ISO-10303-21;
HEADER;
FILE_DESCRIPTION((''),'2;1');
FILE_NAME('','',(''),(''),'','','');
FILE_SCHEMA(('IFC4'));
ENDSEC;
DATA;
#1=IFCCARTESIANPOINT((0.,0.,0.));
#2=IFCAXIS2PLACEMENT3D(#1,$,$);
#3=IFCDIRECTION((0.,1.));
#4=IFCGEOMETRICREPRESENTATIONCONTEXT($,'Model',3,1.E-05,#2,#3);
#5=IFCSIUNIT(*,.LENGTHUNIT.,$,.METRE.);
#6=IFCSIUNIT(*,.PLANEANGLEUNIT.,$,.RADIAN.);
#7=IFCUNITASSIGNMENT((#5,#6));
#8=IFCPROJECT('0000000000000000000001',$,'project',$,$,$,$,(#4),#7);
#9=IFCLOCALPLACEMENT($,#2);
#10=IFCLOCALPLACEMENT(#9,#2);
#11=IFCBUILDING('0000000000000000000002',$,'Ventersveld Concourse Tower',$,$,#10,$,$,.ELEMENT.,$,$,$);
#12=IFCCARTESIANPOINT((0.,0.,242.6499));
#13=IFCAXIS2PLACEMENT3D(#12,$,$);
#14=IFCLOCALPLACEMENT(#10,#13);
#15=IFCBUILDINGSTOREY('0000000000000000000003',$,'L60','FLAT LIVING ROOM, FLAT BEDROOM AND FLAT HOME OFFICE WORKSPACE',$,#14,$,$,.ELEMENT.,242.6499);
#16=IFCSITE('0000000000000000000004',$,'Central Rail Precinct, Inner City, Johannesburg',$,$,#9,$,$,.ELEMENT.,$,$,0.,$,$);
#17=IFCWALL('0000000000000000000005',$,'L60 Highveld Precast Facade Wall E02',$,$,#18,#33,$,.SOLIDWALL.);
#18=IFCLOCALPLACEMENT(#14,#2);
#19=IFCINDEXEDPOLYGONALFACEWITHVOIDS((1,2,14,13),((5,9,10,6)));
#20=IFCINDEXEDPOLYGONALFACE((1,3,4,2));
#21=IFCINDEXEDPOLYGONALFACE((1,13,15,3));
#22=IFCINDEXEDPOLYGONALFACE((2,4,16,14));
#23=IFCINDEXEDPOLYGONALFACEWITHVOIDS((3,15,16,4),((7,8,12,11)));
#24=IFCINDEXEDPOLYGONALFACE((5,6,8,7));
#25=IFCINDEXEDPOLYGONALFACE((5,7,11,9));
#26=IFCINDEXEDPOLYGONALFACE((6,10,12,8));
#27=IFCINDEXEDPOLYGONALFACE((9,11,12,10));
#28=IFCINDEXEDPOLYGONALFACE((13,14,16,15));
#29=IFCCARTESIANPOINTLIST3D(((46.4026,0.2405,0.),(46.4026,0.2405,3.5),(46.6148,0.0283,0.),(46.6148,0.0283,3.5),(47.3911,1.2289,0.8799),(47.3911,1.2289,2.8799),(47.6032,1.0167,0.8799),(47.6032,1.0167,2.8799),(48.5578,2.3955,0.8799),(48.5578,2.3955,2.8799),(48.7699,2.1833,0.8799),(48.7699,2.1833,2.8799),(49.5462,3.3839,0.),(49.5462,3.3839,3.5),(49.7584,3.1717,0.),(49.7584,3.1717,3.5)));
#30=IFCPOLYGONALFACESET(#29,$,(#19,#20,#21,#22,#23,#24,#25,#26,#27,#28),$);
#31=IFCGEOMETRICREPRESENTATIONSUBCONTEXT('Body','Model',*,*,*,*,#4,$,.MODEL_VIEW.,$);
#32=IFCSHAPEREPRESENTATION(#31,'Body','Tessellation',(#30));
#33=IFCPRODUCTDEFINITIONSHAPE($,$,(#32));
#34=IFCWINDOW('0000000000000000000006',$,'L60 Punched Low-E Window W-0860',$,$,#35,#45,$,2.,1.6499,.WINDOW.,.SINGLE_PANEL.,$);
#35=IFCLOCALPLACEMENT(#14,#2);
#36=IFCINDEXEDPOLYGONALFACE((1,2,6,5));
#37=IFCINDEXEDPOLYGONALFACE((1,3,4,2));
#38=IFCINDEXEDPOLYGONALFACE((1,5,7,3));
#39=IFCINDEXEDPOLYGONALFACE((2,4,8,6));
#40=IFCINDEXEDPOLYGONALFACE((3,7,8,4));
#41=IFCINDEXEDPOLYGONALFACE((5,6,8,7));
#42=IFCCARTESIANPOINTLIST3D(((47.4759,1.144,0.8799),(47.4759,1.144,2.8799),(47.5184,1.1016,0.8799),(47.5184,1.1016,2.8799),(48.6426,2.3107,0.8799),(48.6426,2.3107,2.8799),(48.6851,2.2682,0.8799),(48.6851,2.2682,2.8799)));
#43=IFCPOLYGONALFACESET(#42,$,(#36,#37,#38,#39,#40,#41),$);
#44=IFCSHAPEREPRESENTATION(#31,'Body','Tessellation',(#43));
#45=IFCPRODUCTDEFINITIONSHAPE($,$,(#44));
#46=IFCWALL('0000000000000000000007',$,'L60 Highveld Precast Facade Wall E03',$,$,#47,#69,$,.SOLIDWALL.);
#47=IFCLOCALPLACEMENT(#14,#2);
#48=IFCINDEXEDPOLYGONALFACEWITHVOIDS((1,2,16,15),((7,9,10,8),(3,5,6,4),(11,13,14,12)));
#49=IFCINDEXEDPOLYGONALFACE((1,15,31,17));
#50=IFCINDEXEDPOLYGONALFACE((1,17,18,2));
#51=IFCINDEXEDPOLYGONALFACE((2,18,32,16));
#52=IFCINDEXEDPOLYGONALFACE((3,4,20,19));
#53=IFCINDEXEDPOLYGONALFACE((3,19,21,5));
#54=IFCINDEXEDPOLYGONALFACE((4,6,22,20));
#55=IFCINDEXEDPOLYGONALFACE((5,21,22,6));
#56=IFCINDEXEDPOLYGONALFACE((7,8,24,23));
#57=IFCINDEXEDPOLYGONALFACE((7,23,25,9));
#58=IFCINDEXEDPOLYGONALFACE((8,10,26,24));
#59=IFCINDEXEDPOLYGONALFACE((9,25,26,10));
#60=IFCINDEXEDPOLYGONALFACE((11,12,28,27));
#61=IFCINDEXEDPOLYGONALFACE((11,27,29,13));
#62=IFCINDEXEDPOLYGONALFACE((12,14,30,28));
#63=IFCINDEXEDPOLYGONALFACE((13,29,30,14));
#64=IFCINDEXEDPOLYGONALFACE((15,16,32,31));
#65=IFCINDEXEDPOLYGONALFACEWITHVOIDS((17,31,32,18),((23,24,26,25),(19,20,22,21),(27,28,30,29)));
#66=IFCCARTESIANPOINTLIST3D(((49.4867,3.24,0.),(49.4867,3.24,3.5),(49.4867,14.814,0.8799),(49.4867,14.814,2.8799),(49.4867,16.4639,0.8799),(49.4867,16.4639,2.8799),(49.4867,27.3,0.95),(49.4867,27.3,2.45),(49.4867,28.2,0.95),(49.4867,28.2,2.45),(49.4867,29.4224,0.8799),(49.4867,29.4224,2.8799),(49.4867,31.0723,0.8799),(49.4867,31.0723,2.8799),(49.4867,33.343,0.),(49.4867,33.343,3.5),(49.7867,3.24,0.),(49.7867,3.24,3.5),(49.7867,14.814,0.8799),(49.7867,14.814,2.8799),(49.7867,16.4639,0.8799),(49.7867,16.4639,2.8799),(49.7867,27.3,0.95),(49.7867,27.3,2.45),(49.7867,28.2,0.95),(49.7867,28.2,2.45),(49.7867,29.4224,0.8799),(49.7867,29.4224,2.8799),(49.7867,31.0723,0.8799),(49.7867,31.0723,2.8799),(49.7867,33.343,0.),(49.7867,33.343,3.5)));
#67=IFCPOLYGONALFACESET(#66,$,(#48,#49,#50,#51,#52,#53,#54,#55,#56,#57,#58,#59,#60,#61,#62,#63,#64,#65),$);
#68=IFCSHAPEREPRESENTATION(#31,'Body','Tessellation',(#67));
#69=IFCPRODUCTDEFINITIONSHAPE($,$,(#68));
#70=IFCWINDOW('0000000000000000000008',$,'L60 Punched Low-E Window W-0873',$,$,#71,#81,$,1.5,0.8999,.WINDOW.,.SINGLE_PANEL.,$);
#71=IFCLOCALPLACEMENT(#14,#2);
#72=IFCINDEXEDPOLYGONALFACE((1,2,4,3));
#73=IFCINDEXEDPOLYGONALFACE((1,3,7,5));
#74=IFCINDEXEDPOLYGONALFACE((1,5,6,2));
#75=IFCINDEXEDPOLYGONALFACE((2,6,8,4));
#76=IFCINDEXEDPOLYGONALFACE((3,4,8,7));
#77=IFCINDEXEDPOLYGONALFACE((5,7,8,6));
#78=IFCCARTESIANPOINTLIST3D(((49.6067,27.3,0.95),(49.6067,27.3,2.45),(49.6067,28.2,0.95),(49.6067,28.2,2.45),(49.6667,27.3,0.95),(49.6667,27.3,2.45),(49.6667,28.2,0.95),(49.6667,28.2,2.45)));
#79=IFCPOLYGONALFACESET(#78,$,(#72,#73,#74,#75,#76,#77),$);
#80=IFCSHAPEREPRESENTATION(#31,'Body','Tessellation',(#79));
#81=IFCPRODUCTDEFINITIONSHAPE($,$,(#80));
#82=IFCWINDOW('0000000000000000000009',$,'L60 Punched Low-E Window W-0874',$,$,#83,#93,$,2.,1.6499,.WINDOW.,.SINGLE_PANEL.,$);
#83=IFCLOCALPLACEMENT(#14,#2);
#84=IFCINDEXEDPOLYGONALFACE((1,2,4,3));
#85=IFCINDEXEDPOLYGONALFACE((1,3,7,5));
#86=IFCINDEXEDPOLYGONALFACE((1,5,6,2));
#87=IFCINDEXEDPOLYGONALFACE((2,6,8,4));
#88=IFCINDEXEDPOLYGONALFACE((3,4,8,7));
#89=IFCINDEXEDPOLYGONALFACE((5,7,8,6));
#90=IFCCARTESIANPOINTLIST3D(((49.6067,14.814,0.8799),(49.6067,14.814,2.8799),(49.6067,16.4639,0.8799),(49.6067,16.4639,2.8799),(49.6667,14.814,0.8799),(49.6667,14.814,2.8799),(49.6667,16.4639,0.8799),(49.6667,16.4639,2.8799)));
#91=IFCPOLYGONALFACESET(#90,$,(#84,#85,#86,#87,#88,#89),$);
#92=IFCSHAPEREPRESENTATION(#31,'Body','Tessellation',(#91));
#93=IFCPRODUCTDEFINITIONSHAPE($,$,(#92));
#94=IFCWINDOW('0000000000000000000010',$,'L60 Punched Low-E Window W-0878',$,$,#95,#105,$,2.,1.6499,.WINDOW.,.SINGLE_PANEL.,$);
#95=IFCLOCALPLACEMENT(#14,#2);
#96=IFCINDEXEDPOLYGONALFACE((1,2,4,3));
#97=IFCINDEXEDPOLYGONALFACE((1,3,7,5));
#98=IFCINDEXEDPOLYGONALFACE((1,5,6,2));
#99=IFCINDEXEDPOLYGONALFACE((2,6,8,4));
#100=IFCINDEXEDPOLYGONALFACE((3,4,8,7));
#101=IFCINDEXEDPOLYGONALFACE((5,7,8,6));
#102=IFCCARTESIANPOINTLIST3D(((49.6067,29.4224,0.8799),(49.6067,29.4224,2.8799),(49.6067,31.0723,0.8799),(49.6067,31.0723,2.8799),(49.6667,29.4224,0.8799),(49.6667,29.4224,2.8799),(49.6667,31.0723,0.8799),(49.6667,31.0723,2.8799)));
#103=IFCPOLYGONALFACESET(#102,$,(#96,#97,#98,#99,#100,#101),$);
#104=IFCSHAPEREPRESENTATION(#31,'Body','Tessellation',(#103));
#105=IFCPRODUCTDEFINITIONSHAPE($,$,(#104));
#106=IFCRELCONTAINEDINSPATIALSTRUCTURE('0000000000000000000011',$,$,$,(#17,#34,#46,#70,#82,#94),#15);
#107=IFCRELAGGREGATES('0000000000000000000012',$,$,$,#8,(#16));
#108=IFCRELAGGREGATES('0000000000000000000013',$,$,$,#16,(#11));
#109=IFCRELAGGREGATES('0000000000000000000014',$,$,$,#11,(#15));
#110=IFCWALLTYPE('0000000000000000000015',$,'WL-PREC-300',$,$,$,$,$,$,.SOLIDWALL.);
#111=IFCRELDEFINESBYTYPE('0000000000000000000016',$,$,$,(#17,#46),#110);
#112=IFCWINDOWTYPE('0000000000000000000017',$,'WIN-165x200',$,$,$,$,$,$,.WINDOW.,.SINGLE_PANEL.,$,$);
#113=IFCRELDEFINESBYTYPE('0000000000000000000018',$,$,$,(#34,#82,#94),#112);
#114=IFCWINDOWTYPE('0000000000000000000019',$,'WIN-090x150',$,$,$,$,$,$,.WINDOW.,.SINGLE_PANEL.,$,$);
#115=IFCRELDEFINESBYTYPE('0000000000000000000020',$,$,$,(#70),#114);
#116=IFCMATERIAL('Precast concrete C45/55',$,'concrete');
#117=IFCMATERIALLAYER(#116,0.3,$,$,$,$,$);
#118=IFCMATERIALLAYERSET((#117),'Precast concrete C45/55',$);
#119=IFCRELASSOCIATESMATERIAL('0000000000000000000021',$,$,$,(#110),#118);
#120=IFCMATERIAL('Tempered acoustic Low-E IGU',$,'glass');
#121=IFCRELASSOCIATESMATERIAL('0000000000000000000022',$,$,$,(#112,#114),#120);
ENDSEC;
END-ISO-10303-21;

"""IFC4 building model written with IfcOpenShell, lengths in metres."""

from ifc_helpers import new_model, si_unit, direction, frame, frame_2d, origin, place, context, subcontext, project, spatial, rectangle, extrude, material, layer, layer_set, type_object, element, fill, save


model = new_model("IFC4")

# Units and contexts
model_context = context("Model", 3, precision=1e-05, world=origin(), true_north=direction((0.0, 1.0)))
body_context = subcontext(model_context, "Body", "Model", "MODEL_VIEW")
ifc_project = project(units=[si_unit("LENGTHUNIT", "METRE"), si_unit("PLANEANGLEUNIT", "RADIAN")], contexts=[model_context])

# Site, building, storey
site_placement = place(None, origin())
site = spatial("IfcSite", under=ifc_project, at=site_placement, Name="Central Rail Precinct, Inner City, Johannesburg", CompositionType="ELEMENT", RefElevation=0.0)
building_placement = place(site_placement, origin())
building = spatial("IfcBuilding", under=site, at=building_placement, Name="Ventersveld Concourse Tower", CompositionType="ELEMENT")
storey_placement = place(building_placement, frame((0.0, 0.0, 242.6499)))
storey = spatial("IfcBuildingStorey", under=building, at=storey_placement, Name="L60", Description="FLAT LIVING ROOM, FLAT BEDROOM AND FLAT HOME OFFICE WORKSPACE", CompositionType="ELEMENT", Elevation=242.6499)

# Shared definitions
ifc_material_1 = material(Name="Precast concrete C45/55", Category="concrete")
ifc_layer_1 = layer(ifc_material_1, 0.3)
ifc_layer_set_1 = layer_set([ifc_layer_1], Name="Precast concrete C45/55")
wall_type_1 = type_object("IfcWallType", Name="WL-PREC-300", PredefinedType="SOLIDWALL", material=ifc_layer_set_1)

# Wall, opening, window
wall_1_placement = place(storey_placement, frame((46.5088, 0.1345, 0.0), z_axis=(0.0, 0.0, 1.0), x_axis=(0.707134, 0.707079, 0.0)))
wall_1 = element("IfcWall", 1, at=wall_1_placement, inside=storey, type_object=wall_type_1, Name="L60 Highveld Precast Facade Wall E02", PredefinedType="SOLIDWALL", context=body_context, shape_type="SweptSolid", body=[
    extrude(rectangle(XDim=4.4456, YDim=0.3, at=frame_2d((2.2227, 0.0))), origin(), (0.0, 0.0, 1.0), 3.5),
])
opening_1_placement = place(wall_1_placement, frame((1.3977, 0.0, 0.8799)))
opening_1 = element("IfcOpeningElement", 2, at=opening_1_placement, cuts=wall_1, PredefinedType="OPENING", context=body_context, shape_type="SweptSolid", body=[
    extrude(rectangle(XDim=1.6499, YDim=2.0, at=frame_2d((0.825, 1.0))), frame((0.0, 0.1602, 0.0), z_axis=(0.0, -1.0, 0.0), x_axis=(1.0, 0.0, 0.0)), (0.0, 0.0, 1.0), 0.3201),
])
ifc_material_2 = material(Name="Tempered acoustic Low-E IGU", Category="glass")
window_type_1 = type_object("IfcWindowType", Name="WIN-165x200", PartitioningType="SINGLE_PANEL", PredefinedType="WINDOW", material=ifc_material_2)
window_1_placement = place(opening_1_placement, origin())
window_1 = element("IfcWindow", 3, at=window_1_placement, inside=storey, type_object=window_type_1, Name="L60 Punched Low-E Window W-0860", OverallHeight=2.0, OverallWidth=1.6499, PartitioningType="SINGLE_PANEL", PredefinedType="WINDOW", context=body_context, shape_type="SweptSolid", body=[
    extrude(rectangle(XDim=1.6499, YDim=2.0, at=frame_2d((0.825, 1.0))), frame((0.0, 0.03, 0.0), z_axis=(0.0, -1.0, 0.0), x_axis=(1.0, 0.0, 0.0)), (0.0, 0.0, 1.0), 0.0601),
])
fill(opening_1, window_1)

# Wall, openings, windows
wall_2_placement = place(storey_placement, frame((49.6367, 3.24, 0.0), z_axis=(0.0, 0.0, 1.0), x_axis=(0.0, 1.0, 0.0)))
wall_2 = element("IfcWall", 4, at=wall_2_placement, inside=storey, type_object=wall_type_1, Name="L60 Highveld Precast Facade Wall E03", PredefinedType="SOLIDWALL", context=body_context, shape_type="SweptSolid", body=[
    extrude(rectangle(XDim=30.103, YDim=0.3, at=frame_2d((15.0515, 0.0))), origin(), (0.0, 0.0, 1.0), 3.5),
])
opening_2_placement = place(wall_2_placement, frame((24.0601, 0.0, 0.95)))
opening_2 = element("IfcOpeningElement", 5, at=opening_2_placement, cuts=wall_2, PredefinedType="OPENING", context=body_context, shape_type="SweptSolid", body=[
    extrude(rectangle(XDim=0.8999, YDim=1.5, at=frame_2d((0.45, 0.75))), frame((0.0, 0.1602, 0.0), z_axis=(0.0, -1.0, 0.0), x_axis=(1.0, 0.0, 0.0)), (0.0, 0.0, 1.0), 0.3201),
])
opening_3_placement = place(wall_2_placement, frame((11.574, 0.0, 0.8799)))
opening_3 = element("IfcOpeningElement", 6, at=opening_3_placement, cuts=wall_2, PredefinedType="OPENING", context=body_context, shape_type="SweptSolid", body=[
    extrude(rectangle(XDim=1.6499, YDim=2.0, at=frame_2d((0.825, 1.0))), frame((0.0, 0.1602, 0.0), z_axis=(0.0, -1.0, 0.0), x_axis=(1.0, 0.0, 0.0)), (0.0, 0.0, 1.0), 0.3201),
])
opening_4_placement = place(wall_2_placement, frame((26.1824, 0.0, 0.8799)))
opening_4 = element("IfcOpeningElement", 7, at=opening_4_placement, cuts=wall_2, PredefinedType="OPENING", context=body_context, shape_type="SweptSolid", body=[
    extrude(rectangle(XDim=1.6499, YDim=2.0, at=frame_2d((0.825, 1.0))), frame((0.0, 0.1602, 0.0), z_axis=(0.0, -1.0, 0.0), x_axis=(1.0, 0.0, 0.0)), (0.0, 0.0, 1.0), 0.3201),
])
window_type_2 = type_object("IfcWindowType", Name="WIN-090x150", PartitioningType="SINGLE_PANEL", PredefinedType="WINDOW", material=ifc_material_2)
window_2_placement = place(opening_2_placement, origin())
window_2 = element("IfcWindow", 8, at=window_2_placement, inside=storey, type_object=window_type_2, Name="L60 Punched Low-E Window W-0873", OverallHeight=1.5, OverallWidth=0.8999, PartitioningType="SINGLE_PANEL", PredefinedType="WINDOW", context=body_context, shape_type="SweptSolid", body=[
    extrude(rectangle(XDim=0.8999, YDim=1.5, at=frame_2d((0.45, 0.75))), frame((0.0, 0.03, 0.0), z_axis=(0.0, -1.0, 0.0), x_axis=(1.0, 0.0, 0.0)), (0.0, 0.0, 1.0), 0.0601),
])
fill(opening_2, window_2)
window_3_placement = place(opening_3_placement, origin())
window_3 = element("IfcWindow", 9, at=window_3_placement, inside=storey, type_object=window_type_1, Name="L60 Punched Low-E Window W-0874", OverallHeight=2.0, OverallWidth=1.6499, PartitioningType="SINGLE_PANEL", PredefinedType="WINDOW", context=body_context, shape_type="SweptSolid", body=[
    extrude(rectangle(XDim=1.6499, YDim=2.0, at=frame_2d((0.825, 1.0))), frame((0.0, 0.03, 0.0), z_axis=(0.0, -1.0, 0.0), x_axis=(1.0, 0.0, 0.0)), (0.0, 0.0, 1.0), 0.0601),
])
fill(opening_3, window_3)
window_4_placement = place(opening_4_placement, origin())
window_4 = element("IfcWindow", 10, at=window_4_placement, inside=storey, type_object=window_type_1, Name="L60 Punched Low-E Window W-0878", OverallHeight=2.0, OverallWidth=1.6499, PartitioningType="SINGLE_PANEL", PredefinedType="WINDOW", context=body_context, shape_type="SweptSolid", body=[
    extrude(rectangle(XDim=1.6499, YDim=2.0, at=frame_2d((0.825, 1.0))), frame((0.0, 0.03, 0.0), z_axis=(0.0, -1.0, 0.0), x_axis=(1.0, 0.0, 0.0)), (0.0, 0.0, 1.0), 0.0601),
])
fill(opening_4, window_4)

save(model, "model.ifc")
